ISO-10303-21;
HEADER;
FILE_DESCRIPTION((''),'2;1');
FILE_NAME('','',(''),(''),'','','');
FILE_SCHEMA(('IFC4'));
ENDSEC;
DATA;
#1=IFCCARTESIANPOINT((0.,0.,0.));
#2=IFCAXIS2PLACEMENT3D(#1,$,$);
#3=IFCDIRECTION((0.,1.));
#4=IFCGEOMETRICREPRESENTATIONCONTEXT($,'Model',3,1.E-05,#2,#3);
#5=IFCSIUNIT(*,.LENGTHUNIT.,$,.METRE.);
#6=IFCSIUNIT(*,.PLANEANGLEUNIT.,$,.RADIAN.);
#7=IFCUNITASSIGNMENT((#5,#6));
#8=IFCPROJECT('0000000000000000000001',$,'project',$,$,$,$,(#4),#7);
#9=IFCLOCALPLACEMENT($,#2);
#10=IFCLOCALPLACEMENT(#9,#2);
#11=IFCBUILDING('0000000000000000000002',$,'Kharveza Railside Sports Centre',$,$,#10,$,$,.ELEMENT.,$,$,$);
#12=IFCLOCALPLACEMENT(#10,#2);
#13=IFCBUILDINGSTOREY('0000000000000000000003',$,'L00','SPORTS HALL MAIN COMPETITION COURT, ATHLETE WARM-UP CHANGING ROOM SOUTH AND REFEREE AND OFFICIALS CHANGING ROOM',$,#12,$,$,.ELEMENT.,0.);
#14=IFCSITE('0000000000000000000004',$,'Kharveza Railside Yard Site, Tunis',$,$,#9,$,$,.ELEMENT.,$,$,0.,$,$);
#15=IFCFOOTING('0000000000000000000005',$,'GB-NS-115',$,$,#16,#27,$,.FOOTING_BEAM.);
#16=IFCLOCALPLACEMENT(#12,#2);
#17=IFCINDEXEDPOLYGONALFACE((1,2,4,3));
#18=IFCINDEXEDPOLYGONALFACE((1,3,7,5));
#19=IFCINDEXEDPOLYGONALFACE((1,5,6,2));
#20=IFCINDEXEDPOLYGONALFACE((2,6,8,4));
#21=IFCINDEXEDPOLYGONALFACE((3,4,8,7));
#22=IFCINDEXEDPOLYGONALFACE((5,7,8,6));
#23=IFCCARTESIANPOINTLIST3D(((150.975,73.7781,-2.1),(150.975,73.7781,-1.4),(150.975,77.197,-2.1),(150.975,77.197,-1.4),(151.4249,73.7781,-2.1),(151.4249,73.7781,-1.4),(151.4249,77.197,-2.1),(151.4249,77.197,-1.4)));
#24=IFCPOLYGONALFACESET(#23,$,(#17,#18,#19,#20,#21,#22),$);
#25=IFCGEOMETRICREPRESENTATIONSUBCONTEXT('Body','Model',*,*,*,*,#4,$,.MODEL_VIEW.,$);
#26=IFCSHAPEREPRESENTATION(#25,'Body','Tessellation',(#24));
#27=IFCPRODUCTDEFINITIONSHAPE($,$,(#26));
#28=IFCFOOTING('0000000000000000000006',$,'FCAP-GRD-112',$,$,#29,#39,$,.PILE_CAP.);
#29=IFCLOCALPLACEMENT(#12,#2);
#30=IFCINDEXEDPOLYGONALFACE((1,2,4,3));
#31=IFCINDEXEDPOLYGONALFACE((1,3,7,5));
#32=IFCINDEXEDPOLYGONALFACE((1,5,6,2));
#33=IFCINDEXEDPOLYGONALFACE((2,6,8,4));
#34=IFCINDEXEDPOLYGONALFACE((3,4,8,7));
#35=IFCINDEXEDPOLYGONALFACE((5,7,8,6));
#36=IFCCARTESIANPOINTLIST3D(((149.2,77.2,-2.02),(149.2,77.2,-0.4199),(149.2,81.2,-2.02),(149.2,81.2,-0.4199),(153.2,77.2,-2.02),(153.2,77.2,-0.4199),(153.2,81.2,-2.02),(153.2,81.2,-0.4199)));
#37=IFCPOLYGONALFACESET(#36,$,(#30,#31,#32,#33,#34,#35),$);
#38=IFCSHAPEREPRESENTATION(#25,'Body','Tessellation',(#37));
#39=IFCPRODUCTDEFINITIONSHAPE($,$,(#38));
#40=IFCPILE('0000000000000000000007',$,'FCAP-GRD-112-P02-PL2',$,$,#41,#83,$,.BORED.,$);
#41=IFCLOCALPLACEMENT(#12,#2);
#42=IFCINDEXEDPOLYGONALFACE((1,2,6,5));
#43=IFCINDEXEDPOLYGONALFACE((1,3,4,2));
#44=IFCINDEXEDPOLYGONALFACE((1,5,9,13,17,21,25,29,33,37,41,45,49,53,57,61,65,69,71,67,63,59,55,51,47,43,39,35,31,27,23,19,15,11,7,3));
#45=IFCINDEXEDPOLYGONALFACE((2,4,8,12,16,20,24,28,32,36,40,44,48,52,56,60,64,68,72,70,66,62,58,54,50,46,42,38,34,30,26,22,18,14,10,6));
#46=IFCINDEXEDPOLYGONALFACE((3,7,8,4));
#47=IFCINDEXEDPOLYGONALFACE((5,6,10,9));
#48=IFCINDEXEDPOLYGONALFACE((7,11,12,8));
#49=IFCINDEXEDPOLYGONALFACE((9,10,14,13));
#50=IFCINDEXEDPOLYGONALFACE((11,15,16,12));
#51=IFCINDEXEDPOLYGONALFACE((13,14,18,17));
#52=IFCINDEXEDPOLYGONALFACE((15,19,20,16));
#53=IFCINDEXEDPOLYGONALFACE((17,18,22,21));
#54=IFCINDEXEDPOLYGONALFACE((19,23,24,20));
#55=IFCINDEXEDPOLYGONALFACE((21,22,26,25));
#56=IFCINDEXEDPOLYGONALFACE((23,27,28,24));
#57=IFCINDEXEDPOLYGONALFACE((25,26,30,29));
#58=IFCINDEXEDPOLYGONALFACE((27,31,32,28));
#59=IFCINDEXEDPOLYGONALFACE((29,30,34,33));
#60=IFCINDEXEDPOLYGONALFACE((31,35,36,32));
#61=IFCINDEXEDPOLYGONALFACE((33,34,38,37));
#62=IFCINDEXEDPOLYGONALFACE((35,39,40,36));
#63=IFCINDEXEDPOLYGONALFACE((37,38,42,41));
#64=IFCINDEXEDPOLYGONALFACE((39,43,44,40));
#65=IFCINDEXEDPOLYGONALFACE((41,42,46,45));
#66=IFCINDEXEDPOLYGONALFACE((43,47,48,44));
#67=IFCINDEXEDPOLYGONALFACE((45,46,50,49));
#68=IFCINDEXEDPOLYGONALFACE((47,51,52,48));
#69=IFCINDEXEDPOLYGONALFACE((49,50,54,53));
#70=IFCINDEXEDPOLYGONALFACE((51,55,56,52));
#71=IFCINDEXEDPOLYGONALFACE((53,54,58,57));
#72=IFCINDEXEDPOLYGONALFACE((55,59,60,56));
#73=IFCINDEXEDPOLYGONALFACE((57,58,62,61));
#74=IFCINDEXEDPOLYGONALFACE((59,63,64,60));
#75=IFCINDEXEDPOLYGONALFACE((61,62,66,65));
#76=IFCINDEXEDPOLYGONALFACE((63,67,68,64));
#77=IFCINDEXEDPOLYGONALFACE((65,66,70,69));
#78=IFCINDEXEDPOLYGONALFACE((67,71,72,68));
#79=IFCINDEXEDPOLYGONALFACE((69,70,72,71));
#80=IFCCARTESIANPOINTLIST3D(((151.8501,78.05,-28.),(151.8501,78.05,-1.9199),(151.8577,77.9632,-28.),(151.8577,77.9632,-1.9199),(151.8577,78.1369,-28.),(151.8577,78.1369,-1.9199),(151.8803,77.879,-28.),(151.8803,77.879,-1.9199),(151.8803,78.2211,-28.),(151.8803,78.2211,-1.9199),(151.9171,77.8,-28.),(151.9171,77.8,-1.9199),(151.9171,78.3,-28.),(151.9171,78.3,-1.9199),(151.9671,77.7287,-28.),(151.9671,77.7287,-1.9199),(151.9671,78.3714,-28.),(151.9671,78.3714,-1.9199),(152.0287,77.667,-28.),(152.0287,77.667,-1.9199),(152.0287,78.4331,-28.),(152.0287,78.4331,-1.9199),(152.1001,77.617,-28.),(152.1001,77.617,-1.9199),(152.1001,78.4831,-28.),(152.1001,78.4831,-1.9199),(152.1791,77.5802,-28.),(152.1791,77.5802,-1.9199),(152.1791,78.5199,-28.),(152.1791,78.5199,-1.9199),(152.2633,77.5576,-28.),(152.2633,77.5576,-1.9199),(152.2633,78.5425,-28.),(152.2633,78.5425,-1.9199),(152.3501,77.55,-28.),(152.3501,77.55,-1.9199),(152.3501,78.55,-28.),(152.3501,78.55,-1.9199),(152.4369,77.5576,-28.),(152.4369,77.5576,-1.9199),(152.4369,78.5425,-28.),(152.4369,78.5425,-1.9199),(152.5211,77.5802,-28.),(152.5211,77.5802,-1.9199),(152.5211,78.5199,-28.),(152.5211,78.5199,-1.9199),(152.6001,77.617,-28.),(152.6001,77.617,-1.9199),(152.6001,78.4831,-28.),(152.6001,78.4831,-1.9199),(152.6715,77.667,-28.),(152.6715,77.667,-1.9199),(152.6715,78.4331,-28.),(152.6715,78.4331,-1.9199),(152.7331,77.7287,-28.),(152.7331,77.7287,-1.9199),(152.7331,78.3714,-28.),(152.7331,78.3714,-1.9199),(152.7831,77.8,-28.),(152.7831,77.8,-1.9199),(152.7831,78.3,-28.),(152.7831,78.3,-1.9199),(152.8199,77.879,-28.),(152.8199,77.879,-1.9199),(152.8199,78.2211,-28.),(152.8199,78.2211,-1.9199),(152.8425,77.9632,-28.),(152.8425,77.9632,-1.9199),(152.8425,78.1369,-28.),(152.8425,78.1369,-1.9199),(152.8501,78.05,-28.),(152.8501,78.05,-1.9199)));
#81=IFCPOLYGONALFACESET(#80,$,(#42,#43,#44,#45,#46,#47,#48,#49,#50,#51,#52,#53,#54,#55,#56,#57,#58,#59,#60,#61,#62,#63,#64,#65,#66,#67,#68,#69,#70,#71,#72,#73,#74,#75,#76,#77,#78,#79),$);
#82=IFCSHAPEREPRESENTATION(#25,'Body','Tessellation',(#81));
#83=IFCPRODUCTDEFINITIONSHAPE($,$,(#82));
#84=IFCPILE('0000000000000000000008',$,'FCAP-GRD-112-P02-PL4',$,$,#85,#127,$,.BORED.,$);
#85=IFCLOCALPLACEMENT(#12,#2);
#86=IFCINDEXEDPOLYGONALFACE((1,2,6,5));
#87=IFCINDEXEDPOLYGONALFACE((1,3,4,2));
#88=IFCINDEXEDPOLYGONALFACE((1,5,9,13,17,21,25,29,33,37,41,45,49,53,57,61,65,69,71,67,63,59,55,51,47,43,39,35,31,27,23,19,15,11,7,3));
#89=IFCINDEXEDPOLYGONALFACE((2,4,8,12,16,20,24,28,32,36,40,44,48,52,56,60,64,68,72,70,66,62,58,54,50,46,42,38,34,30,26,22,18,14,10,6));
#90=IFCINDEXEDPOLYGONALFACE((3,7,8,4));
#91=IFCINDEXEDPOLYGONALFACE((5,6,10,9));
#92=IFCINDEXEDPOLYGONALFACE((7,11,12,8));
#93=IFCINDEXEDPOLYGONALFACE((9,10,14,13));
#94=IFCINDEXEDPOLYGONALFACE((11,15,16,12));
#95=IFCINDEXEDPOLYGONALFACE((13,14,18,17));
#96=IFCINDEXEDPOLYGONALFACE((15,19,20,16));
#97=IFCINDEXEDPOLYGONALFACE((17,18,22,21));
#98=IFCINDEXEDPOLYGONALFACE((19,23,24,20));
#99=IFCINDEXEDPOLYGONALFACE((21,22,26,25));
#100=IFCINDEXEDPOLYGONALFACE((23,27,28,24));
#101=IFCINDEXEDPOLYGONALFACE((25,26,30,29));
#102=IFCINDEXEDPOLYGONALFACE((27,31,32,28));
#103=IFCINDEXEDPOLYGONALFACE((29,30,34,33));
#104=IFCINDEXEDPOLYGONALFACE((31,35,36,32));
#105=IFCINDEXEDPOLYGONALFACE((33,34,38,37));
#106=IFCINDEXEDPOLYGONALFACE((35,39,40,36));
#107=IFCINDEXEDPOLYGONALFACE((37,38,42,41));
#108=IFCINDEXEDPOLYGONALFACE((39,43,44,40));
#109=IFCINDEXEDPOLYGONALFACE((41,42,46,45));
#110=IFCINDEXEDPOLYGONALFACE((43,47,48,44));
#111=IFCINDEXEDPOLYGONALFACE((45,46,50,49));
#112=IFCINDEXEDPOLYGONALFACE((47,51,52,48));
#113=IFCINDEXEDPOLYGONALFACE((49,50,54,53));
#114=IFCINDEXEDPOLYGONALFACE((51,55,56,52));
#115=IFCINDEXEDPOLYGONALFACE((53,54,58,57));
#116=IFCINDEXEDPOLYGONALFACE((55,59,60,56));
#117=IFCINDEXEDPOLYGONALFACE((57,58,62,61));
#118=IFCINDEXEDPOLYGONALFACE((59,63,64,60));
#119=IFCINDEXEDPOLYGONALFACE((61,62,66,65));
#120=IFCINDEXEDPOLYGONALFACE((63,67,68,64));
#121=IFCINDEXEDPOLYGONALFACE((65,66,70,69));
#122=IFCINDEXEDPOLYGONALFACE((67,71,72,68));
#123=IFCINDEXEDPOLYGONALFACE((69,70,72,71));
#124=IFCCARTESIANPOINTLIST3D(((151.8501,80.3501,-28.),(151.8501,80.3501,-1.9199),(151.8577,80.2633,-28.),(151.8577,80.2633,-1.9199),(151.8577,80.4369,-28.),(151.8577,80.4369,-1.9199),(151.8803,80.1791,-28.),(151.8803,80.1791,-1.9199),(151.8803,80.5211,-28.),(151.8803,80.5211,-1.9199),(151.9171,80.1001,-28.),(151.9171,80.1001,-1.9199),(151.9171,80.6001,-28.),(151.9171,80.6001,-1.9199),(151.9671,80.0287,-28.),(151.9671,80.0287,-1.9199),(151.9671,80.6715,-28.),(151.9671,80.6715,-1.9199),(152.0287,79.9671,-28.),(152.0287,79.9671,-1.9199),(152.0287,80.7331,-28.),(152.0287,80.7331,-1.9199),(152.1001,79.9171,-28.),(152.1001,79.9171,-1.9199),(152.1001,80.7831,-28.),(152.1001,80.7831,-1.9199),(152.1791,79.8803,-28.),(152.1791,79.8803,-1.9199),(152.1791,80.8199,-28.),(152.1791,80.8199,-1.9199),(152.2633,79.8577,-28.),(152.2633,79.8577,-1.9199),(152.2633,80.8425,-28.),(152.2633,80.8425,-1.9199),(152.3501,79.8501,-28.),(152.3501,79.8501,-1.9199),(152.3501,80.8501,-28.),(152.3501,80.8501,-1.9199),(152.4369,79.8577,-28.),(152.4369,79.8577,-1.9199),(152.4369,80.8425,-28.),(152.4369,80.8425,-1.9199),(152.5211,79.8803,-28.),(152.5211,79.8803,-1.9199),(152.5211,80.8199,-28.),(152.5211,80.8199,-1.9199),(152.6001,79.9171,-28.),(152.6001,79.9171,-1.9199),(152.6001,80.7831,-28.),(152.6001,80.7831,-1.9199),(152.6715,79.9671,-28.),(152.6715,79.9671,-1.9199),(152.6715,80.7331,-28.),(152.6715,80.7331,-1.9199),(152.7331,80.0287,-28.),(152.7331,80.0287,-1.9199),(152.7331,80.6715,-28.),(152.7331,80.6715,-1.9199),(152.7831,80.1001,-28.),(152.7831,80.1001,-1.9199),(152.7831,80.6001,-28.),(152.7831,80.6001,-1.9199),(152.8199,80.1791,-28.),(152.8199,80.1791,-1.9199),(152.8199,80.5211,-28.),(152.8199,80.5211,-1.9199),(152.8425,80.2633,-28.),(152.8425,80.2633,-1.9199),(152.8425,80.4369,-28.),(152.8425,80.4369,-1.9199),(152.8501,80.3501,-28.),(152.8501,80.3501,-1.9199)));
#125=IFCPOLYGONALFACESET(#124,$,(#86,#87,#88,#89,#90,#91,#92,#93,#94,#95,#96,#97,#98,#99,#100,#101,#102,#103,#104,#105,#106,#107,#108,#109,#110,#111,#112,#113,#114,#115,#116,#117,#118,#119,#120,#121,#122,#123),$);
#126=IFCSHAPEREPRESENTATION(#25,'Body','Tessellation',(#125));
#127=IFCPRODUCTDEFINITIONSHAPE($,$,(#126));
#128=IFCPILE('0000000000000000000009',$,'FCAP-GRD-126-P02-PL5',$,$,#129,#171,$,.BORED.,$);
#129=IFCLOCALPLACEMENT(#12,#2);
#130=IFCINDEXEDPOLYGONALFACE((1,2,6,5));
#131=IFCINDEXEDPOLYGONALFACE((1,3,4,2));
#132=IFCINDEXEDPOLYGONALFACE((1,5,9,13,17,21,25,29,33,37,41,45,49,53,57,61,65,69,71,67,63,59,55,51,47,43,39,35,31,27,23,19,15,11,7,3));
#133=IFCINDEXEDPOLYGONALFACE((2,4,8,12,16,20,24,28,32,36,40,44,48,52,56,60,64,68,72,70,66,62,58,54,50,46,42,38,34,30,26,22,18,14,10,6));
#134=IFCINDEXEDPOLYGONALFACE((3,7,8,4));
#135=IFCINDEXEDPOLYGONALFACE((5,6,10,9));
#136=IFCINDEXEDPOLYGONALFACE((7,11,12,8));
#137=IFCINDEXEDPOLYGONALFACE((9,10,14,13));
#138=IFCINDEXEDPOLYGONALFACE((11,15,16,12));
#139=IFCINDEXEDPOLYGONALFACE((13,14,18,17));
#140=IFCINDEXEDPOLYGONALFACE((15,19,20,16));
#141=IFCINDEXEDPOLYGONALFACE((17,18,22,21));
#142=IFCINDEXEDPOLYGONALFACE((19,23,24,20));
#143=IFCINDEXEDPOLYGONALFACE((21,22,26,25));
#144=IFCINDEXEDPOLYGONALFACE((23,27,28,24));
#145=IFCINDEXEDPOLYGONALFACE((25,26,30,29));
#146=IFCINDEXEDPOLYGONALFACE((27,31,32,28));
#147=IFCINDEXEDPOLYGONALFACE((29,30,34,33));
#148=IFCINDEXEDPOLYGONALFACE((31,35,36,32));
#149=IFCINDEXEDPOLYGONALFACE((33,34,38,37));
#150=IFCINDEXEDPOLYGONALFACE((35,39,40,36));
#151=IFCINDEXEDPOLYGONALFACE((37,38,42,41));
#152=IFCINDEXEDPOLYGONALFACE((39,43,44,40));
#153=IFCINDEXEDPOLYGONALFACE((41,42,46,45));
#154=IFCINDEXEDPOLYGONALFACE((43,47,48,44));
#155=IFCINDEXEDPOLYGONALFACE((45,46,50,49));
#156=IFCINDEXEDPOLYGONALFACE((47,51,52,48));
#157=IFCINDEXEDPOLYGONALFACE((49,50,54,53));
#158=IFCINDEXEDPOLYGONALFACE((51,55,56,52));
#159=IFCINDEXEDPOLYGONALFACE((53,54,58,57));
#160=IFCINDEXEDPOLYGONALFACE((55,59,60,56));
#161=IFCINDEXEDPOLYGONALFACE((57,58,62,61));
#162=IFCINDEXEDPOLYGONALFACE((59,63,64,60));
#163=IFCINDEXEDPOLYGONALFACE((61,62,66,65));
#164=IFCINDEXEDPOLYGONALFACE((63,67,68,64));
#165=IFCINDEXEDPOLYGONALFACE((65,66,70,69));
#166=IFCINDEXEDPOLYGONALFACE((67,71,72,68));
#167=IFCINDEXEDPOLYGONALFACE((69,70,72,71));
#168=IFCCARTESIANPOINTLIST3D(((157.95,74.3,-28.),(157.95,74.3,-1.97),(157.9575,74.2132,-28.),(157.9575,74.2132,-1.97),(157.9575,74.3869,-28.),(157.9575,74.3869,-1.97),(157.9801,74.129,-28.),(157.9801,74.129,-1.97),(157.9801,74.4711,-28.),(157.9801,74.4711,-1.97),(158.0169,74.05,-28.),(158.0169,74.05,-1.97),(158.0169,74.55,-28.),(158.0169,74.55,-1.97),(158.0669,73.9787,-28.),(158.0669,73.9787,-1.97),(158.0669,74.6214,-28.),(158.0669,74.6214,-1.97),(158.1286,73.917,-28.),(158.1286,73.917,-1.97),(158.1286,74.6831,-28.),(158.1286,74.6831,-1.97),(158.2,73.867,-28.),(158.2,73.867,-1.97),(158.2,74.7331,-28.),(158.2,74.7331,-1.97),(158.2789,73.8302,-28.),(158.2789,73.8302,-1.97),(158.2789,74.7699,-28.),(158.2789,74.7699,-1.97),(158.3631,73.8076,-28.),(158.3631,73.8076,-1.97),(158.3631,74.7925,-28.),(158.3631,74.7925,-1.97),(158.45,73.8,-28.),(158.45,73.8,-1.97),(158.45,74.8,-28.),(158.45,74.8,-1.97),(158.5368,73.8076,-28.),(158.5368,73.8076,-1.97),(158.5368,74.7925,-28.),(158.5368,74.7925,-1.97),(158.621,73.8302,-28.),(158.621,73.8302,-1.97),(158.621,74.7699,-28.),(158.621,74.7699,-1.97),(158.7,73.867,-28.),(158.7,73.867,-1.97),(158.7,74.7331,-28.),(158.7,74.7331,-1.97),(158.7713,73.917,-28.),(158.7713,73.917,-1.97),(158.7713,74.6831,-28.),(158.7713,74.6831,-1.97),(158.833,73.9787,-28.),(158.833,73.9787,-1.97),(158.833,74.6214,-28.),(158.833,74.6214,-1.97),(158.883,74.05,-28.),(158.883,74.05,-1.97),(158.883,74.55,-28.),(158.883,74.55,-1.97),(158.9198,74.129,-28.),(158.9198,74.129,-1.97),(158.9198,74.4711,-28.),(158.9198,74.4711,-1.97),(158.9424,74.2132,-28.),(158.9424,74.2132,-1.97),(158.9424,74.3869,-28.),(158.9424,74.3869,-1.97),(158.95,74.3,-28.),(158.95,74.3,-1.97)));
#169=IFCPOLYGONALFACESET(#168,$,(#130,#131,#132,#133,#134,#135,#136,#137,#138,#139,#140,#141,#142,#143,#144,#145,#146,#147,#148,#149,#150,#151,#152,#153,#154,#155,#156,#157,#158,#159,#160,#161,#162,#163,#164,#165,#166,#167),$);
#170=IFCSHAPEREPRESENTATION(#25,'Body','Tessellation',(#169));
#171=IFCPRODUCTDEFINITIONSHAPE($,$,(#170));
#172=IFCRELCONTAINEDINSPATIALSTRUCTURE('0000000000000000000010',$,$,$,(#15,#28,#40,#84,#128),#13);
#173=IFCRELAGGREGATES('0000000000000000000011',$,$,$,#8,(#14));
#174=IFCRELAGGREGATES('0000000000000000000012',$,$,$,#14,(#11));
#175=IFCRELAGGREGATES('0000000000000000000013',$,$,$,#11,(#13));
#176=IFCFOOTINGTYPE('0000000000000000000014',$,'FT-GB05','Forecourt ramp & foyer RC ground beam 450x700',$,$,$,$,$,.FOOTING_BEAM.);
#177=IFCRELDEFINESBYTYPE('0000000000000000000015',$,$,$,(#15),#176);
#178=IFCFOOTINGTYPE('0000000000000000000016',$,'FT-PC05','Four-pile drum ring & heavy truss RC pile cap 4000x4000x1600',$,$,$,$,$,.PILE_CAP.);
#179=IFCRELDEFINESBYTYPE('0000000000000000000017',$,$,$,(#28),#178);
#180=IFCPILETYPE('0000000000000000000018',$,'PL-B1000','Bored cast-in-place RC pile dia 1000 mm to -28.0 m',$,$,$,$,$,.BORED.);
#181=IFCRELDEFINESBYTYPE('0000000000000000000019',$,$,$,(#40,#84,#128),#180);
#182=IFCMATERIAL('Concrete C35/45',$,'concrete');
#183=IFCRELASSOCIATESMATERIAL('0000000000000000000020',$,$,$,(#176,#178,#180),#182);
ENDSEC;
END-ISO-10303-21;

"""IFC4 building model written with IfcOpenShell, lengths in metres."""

from ifc_helpers import new_model, si_unit, direction, frame, origin, origin_2d, place, context, subcontext, project, spatial, rectangle, circle, extrude, material, material_profile, profile_set, type_object, element, save


model = new_model("IFC4")

# Units and contexts
model_context = context("Model", 3, precision=1e-05, world=origin(), true_north=direction((0.0, 1.0)))
body_context = subcontext(model_context, "Body", "Model", "MODEL_VIEW")
ifc_project = project(units=[si_unit("LENGTHUNIT", "METRE"), si_unit("PLANEANGLEUNIT", "RADIAN")], contexts=[model_context])

# Site, building, storey
site_placement = place(None, origin())
site = spatial("IfcSite", under=ifc_project, at=site_placement, Name="Kharveza Railside Yard Site, Tunis", CompositionType="ELEMENT", RefElevation=0.0)
building_placement = place(site_placement, origin())
building = spatial("IfcBuilding", under=site, at=building_placement, Name="Kharveza Railside Sports Centre", CompositionType="ELEMENT")
storey_placement = place(building_placement, origin())
storey = spatial("IfcBuildingStorey", under=building, at=storey_placement, Name="L00", Description="SPORTS HALL MAIN COMPETITION COURT, ATHLETE WARM-UP CHANGING ROOM SOUTH AND REFEREE AND OFFICIALS CHANGING ROOM", CompositionType="ELEMENT", Elevation=0.0)

# Footings
ifc_material_1 = material(Name="Concrete C35/45", Category="concrete")
ifc_material_profile_1 = material_profile(ifc_material_1, rectangle(XDim=0.45, YDim=0.7, at=origin_2d()), Name="GB 450x700")
ifc_profile_set_1 = profile_set([ifc_material_profile_1], Name="Concrete C35/45")
footing_type_1 = type_object("IfcFootingType", Name="FT-GB05", Description="Forecourt ramp & foyer RC ground beam 450x700", PredefinedType="FOOTING_BEAM", material=ifc_profile_set_1)
footing_1_placement = place(storey_placement, frame((151.2, 73.7781, -1.75), z_axis=(0.0, 1.0, 0.0), x_axis=(-1.0, 0.0, 0.0)))
element("IfcFooting", 1, at=footing_1_placement, inside=storey, type_object=footing_type_1, Name="GB-NS-115", PredefinedType="FOOTING_BEAM", context=body_context, shape_type="SweptSolid", body=[
    extrude(rectangle(XDim=0.45, YDim=0.7, at=origin_2d()), origin(), (0.0, 0.0, 1.0), 3.4189),
])
footing_type_2 = type_object("IfcFootingType", Name="FT-PC05", Description="Four-pile drum ring & heavy truss RC pile cap 4000x4000x1600", PredefinedType="PILE_CAP", material=ifc_material_1)
footing_2_placement = place(storey_placement, frame((151.2, 79.2, -2.02), z_axis=(0.0, 0.0, 1.0), x_axis=(1.0, 0.0, 0.0)))
element("IfcFooting", 2, at=footing_2_placement, inside=storey, type_object=footing_type_2, Name="FCAP-GRD-112", PredefinedType="PILE_CAP", context=body_context, shape_type="SweptSolid", body=[
    extrude(rectangle(XDim=4.0, YDim=4.0, at=origin_2d()), origin(), (0.0, 0.0, 1.0), 1.6001),
])

# Piles
ifc_material_profile_2 = material_profile(ifc_material_1, circle(Radius=0.5, at=origin_2d()), Name="PILE D1000")
ifc_profile_set_2 = profile_set([ifc_material_profile_2], Name="Concrete C35/45")
pile_type_1 = type_object("IfcPileType", Name="PL-B1000", Description="Bored cast-in-place RC pile dia 1000 mm to -28.0 m", PredefinedType="BORED", material=ifc_profile_set_2)
for number, where, z_axis, x_axis, name in (
    (3, (152.3501, 78.05, -1.9199), (0.0, 0.0, -1.0), (1.0, 0.0, 0.0), "FCAP-GRD-112-P02-PL2"),
    (4, (152.3501, 80.3501, -1.9199), (0.0, 0.0, -1.0), (1.0, 0.0, 0.0), "FCAP-GRD-112-P02-PL4"),
):
    element("IfcPile", number, at=place(storey_placement, frame(where, z_axis=z_axis, x_axis=x_axis)), inside=storey, type_object=pile_type_1, Name=name, PredefinedType="BORED", context=body_context, shape_type="SweptSolid", body=[
        extrude(circle(Radius=0.5, at=origin_2d()), origin(), (0.0, 0.0, 1.0), 26.0801),
    ])
for number, where, z_axis, x_axis, name in (
    (5, (158.45, 74.3, -1.97), (0.0, 0.0, -1.0), (1.0, 0.0, 0.0), "FCAP-GRD-126-P02-PL5"),
):
    element("IfcPile", number, at=place(storey_placement, frame(where, z_axis=z_axis, x_axis=x_axis)), inside=storey, type_object=pile_type_1, Name=name, PredefinedType="BORED", context=body_context, shape_type="SweptSolid", body=[
        extrude(circle(Radius=0.5, at=origin_2d()), origin(), (0.0, 0.0, 1.0), 26.03),
    ])

save(model, "model.ifc")
